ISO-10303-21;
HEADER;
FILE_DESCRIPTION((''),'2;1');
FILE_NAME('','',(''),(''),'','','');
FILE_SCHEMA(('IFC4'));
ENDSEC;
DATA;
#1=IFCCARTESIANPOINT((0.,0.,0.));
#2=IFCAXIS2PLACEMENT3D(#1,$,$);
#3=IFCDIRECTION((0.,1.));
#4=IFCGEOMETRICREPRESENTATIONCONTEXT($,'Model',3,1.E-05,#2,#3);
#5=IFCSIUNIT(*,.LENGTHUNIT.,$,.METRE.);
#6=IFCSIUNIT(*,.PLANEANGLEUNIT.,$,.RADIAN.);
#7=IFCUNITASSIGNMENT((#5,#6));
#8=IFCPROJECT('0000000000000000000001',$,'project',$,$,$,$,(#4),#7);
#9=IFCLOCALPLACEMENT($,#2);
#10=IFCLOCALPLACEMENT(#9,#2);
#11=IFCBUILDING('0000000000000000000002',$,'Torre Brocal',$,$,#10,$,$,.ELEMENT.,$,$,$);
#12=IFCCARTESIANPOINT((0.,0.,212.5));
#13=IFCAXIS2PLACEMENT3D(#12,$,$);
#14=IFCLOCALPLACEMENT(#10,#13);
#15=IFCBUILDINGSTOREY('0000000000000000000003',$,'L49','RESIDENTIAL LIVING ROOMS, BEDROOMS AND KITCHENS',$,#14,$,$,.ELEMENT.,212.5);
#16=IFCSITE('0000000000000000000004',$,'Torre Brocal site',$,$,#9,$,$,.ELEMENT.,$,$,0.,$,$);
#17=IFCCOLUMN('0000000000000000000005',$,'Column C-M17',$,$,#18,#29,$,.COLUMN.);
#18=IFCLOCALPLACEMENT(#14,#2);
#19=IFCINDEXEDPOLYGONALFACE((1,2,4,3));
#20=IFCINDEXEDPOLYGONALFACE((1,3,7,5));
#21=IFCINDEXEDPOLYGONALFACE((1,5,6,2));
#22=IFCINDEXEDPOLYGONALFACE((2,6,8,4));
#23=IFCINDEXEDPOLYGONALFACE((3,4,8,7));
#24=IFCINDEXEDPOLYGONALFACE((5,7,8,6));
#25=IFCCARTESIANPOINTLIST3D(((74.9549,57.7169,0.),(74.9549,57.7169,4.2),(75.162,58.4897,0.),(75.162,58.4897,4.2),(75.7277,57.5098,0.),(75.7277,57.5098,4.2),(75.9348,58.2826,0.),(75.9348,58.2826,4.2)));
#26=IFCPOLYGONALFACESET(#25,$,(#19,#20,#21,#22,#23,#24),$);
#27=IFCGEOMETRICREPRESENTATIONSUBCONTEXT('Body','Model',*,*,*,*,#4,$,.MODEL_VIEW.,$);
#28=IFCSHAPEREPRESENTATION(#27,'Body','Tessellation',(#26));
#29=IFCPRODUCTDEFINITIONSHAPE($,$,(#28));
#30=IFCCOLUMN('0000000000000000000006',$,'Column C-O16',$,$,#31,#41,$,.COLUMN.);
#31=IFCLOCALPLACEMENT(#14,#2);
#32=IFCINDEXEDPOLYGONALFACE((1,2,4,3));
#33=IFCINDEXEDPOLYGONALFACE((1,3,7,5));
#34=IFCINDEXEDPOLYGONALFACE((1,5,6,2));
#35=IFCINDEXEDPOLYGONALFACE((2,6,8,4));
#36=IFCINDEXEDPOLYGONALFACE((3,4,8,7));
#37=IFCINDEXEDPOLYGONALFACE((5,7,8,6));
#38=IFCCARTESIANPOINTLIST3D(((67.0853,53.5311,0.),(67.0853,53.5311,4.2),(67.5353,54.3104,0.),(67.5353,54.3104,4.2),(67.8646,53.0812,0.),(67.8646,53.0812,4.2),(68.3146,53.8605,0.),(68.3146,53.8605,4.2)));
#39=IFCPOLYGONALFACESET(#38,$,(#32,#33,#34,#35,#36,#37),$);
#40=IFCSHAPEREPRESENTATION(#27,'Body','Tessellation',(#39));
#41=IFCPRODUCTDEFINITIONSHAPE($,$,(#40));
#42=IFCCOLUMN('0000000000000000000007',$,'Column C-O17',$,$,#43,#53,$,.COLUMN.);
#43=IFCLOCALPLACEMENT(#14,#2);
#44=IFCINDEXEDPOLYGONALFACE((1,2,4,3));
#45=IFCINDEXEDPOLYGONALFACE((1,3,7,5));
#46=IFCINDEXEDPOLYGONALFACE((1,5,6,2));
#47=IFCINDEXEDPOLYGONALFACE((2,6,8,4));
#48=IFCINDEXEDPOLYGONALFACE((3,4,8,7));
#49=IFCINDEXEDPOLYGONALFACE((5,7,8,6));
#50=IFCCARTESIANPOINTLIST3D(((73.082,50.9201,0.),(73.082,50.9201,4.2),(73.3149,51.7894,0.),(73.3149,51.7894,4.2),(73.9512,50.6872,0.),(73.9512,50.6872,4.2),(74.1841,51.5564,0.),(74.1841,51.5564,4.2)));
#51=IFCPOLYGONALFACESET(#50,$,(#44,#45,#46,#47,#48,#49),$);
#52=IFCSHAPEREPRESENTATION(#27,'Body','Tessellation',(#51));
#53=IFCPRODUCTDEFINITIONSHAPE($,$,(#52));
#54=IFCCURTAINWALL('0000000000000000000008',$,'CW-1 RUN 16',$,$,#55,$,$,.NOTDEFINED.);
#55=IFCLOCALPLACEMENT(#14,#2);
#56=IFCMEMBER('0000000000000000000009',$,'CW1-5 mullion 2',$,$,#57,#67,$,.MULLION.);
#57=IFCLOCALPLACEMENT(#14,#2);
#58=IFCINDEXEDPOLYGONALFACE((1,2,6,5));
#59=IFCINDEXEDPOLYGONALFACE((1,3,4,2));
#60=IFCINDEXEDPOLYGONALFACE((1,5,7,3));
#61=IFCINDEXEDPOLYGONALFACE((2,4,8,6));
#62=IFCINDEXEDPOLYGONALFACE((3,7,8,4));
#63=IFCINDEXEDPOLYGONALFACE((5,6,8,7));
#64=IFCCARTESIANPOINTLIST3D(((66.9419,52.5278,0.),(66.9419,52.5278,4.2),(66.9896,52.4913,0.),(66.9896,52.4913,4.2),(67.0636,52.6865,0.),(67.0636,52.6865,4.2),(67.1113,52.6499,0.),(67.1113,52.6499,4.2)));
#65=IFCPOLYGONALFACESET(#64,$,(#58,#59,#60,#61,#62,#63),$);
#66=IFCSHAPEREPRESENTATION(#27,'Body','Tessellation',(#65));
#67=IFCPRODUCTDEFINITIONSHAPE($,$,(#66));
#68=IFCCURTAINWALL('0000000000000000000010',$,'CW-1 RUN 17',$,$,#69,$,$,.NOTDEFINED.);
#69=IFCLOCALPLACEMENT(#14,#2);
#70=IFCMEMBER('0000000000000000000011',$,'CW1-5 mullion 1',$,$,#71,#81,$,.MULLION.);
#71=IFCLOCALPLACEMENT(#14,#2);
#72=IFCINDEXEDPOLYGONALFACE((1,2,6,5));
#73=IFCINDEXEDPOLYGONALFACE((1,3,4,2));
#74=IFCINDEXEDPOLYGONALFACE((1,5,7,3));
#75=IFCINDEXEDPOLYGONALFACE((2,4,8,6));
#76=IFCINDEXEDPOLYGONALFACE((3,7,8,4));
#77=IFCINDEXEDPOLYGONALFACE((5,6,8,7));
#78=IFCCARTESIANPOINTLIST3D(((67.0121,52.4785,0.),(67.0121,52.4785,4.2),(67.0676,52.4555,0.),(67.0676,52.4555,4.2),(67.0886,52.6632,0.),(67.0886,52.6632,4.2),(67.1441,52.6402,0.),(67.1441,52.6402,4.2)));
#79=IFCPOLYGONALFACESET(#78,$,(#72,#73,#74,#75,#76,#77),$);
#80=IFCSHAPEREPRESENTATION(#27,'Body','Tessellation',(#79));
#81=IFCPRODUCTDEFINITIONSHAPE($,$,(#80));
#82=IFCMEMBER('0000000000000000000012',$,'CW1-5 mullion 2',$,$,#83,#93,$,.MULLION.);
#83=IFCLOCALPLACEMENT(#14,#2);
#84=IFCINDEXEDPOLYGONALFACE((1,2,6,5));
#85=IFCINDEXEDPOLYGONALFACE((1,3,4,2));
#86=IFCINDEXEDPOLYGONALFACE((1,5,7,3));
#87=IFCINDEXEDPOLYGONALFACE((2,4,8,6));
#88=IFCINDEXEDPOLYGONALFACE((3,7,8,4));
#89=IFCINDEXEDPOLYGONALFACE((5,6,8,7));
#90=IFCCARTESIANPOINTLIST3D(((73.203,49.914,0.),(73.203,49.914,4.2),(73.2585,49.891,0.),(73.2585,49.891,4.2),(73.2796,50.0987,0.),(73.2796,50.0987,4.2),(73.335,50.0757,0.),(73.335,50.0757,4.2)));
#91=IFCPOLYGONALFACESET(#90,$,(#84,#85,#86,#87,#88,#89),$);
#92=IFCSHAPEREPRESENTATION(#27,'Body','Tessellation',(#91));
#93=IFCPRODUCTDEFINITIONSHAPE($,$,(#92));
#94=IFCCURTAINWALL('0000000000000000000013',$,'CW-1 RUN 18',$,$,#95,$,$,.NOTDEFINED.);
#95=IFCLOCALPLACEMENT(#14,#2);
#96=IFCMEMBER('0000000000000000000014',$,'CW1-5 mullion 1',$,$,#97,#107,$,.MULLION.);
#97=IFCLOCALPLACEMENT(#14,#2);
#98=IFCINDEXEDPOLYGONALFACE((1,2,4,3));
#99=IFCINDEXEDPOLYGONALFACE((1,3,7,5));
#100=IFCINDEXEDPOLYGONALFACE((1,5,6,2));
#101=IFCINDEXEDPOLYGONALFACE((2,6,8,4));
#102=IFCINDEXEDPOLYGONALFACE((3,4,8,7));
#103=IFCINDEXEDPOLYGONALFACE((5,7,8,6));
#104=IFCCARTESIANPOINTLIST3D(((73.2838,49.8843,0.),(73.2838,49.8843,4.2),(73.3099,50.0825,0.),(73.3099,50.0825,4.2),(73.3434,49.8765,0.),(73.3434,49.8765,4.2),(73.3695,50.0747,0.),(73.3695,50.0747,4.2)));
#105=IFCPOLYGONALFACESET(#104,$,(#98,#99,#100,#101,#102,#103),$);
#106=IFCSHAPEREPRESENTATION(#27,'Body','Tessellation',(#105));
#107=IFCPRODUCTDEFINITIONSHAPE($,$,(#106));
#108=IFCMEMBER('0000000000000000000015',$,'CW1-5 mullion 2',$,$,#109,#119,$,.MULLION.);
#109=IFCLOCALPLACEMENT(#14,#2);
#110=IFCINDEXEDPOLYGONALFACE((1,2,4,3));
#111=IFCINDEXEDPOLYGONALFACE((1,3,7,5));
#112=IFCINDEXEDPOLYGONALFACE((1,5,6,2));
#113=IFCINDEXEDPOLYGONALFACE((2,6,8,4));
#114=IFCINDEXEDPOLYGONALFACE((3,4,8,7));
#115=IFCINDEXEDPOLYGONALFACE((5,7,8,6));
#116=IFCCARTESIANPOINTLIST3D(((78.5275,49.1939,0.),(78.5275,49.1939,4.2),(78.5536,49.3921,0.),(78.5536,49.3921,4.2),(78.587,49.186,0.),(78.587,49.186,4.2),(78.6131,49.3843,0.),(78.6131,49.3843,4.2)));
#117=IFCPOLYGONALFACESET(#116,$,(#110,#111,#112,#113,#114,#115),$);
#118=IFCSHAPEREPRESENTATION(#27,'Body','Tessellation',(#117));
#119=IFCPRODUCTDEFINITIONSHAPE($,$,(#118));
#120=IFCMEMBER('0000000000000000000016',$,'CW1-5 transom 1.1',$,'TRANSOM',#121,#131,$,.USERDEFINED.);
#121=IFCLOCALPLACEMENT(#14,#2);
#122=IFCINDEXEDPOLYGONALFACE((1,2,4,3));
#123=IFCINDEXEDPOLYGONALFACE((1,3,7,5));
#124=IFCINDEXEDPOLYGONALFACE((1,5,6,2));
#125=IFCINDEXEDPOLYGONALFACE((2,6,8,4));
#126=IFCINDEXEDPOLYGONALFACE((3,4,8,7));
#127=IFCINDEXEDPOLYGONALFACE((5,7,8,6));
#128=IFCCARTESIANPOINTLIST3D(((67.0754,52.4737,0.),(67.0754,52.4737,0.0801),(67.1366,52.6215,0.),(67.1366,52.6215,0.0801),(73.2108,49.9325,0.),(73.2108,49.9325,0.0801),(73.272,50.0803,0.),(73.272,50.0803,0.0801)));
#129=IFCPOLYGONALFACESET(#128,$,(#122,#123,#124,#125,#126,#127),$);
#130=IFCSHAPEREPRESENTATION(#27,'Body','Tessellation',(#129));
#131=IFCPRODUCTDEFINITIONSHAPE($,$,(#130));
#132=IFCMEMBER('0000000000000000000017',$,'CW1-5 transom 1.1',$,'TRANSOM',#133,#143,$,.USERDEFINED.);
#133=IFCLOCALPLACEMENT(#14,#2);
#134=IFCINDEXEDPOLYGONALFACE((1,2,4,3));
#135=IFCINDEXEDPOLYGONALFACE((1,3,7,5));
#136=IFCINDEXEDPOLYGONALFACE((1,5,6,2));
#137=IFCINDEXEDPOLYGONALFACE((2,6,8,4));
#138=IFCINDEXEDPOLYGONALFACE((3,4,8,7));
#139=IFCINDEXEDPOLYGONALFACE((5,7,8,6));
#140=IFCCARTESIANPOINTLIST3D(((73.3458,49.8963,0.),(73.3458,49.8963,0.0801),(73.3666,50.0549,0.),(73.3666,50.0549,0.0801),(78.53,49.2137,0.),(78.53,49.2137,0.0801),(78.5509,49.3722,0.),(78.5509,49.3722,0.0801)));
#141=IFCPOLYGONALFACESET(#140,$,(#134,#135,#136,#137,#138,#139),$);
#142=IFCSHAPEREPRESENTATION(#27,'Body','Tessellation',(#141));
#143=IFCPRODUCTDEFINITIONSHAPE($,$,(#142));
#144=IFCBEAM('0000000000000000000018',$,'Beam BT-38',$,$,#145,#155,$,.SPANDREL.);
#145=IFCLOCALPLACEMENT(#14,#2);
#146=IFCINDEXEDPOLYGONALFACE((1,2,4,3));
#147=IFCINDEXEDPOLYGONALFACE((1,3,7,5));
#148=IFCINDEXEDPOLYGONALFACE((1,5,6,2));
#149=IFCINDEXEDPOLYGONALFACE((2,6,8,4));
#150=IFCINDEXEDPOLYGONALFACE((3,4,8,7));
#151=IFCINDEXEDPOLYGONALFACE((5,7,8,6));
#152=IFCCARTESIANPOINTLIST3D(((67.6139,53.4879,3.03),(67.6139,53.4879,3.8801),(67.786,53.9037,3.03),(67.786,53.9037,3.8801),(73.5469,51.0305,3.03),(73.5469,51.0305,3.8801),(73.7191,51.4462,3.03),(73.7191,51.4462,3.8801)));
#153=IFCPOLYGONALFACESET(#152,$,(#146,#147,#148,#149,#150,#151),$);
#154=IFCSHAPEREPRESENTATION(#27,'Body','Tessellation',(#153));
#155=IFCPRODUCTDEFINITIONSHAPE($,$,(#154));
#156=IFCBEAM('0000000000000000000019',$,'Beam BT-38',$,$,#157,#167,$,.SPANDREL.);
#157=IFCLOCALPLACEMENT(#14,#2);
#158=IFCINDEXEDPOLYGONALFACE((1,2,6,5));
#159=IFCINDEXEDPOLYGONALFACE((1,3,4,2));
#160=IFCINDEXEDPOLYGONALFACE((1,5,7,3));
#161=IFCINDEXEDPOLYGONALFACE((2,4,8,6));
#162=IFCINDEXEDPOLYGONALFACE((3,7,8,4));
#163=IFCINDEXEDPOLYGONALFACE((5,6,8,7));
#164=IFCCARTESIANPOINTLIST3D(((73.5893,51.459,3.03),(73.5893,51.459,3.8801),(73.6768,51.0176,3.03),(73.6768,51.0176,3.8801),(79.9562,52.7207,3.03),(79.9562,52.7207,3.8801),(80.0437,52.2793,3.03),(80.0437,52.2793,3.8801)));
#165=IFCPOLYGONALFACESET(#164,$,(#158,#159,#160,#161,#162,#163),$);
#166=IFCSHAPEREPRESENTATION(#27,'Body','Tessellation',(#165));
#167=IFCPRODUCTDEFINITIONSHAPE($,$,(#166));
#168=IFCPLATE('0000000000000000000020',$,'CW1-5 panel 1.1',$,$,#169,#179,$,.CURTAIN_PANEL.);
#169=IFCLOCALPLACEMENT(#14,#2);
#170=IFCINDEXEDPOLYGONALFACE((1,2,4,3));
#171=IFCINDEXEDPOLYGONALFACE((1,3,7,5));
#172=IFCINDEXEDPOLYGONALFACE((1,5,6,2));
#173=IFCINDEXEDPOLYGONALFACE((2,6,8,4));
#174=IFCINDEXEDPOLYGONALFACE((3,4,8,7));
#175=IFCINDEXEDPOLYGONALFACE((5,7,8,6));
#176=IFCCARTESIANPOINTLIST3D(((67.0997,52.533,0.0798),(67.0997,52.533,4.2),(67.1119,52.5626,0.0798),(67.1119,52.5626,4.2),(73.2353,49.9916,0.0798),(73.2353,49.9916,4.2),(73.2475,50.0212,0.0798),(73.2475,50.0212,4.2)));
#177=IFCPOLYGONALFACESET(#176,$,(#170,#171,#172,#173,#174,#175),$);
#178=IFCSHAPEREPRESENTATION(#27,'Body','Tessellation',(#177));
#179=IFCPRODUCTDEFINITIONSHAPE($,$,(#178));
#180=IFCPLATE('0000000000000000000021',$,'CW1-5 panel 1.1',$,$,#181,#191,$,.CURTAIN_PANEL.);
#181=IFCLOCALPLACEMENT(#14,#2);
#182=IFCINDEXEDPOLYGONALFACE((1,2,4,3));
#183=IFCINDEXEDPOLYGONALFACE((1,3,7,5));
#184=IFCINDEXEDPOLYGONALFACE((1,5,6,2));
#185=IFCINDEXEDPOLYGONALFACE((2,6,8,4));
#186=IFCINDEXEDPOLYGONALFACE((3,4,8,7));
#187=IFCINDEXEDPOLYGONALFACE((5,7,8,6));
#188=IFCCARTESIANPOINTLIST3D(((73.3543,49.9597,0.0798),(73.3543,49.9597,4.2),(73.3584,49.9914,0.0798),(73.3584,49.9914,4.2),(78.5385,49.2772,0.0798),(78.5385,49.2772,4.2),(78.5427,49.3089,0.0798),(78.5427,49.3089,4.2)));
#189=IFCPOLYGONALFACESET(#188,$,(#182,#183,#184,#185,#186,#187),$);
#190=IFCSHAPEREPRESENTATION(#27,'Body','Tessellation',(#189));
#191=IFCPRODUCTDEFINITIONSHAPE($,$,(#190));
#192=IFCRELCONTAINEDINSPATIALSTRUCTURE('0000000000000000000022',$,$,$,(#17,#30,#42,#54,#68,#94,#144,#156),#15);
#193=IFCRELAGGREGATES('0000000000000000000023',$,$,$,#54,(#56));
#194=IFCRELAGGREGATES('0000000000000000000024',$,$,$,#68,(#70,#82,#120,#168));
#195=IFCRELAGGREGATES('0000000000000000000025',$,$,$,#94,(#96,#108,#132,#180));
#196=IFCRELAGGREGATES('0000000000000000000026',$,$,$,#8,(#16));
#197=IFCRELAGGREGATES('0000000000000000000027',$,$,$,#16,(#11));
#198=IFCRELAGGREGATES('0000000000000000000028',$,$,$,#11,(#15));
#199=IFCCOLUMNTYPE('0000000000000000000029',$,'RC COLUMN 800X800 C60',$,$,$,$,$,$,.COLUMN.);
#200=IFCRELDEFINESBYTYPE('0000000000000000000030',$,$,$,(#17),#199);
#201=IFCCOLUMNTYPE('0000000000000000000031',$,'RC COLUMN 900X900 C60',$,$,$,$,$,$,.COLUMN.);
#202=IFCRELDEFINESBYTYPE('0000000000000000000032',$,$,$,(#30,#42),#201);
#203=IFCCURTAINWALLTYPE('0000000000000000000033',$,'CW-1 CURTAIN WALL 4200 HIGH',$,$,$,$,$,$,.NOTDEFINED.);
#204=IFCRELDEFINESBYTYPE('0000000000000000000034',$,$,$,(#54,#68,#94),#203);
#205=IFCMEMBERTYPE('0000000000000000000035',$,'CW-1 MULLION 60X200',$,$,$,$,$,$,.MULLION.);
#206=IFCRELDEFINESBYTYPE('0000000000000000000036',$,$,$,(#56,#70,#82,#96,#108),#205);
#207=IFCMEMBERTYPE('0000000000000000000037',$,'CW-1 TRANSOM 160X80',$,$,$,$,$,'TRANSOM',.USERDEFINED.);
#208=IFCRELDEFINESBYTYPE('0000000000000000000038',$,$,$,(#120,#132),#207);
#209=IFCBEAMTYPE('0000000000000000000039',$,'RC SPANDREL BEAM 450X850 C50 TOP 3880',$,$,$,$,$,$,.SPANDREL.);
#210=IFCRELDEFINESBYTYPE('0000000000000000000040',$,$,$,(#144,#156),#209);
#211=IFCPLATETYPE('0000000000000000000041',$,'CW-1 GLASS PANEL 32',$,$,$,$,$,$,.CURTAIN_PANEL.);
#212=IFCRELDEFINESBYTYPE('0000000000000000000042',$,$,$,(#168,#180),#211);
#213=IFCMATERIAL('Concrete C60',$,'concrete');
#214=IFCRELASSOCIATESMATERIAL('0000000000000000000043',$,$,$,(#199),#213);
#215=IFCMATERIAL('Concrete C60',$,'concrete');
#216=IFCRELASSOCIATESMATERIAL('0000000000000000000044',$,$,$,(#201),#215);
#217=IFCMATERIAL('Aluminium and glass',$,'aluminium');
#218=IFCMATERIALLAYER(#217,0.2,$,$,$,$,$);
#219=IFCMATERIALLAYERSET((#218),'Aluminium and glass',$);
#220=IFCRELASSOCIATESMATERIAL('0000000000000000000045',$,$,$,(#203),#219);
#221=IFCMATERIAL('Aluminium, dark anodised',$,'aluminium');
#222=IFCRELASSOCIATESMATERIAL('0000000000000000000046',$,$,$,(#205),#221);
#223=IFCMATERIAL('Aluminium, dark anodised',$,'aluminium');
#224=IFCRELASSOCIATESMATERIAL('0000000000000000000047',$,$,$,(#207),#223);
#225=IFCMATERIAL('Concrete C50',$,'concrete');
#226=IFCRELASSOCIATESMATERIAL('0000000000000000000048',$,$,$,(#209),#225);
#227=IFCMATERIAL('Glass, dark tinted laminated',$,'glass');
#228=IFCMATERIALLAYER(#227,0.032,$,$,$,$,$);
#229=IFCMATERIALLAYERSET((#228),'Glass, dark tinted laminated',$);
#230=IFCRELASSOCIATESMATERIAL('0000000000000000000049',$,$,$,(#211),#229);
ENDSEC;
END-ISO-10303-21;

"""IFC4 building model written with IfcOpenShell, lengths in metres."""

from ifc_helpers import new_model, si_unit, direction, frame, origin, origin_2d, place, context, subcontext, project, spatial, rectangle, extrude, material, layer, layer_set, material_profile, profile_set, type_object, element, aggregate, save


model = new_model("IFC4")

# Units and contexts
model_context = context("Model", 3, precision=1e-05, world=origin(), true_north=direction((0.0, 1.0)))
body_context = subcontext(model_context, "Body", "Model", "MODEL_VIEW")
ifc_project = project(units=[si_unit("LENGTHUNIT", "METRE"), si_unit("PLANEANGLEUNIT", "RADIAN")], contexts=[model_context])

# Site, building, storey
site_placement = place(None, origin())
site = spatial("IfcSite", under=ifc_project, at=site_placement, Name="Torre Brocal site", CompositionType="ELEMENT", RefElevation=0.0)
building_placement = place(site_placement, origin())
building = spatial("IfcBuilding", under=site, at=building_placement, Name="Torre Brocal", CompositionType="ELEMENT")
storey_placement = place(building_placement, frame((0.0, 0.0, 212.5)))
storey = spatial("IfcBuildingStorey", under=building, at=storey_placement, Name="L49", Description="RESIDENTIAL LIVING ROOMS, BEDROOMS AND KITCHENS", CompositionType="ELEMENT", Elevation=212.5)

# Columns
ifc_material_1 = material(Name="Concrete C60", Category="concrete")
ifc_material_profile_1 = material_profile(ifc_material_1, rectangle(XDim=0.8, YDim=0.8, at=origin_2d()), Name="RC 800X800")
ifc_profile_set_1 = profile_set([ifc_material_profile_1], Name="Concrete C60")
column_type_1 = type_object("IfcColumnType", Name="RC COLUMN 800X800 C60", PredefinedType="COLUMN", material=ifc_profile_set_1)
column_placement = place(storey_placement, frame((75.4448, 57.9998, 0.0), z_axis=(0.0, 0.0, 1.0), x_axis=(-0.258819, -0.965926, 0.0)))
element("IfcColumn", 1, at=column_placement, inside=storey, type_object=column_type_1, Name="Column C-M17", PredefinedType="COLUMN", context=body_context, shape_type="SweptSolid", body=[
    extrude(rectangle(XDim=0.8, YDim=0.8, at=origin_2d()), origin(), (0.0, 0.0, 1.0), 4.2),
])
ifc_material_2 = material(Name="Concrete C60", Category="concrete")
ifc_material_profile_2 = material_profile(ifc_material_2, rectangle(XDim=0.8999, YDim=0.8999, at=origin_2d()), Name="RC 900X900")
ifc_profile_set_2 = profile_set([ifc_material_profile_2], Name="Concrete C60")
column_type_2 = type_object("IfcColumnType", Name="RC COLUMN 900X900 C60", PredefinedType="COLUMN", material=ifc_profile_set_2)
for number, where, z_axis, x_axis, name in (
    (2, (67.7, 53.6958, 0.0), (0.0, 0.0, 1.0), (-0.5, -0.866025, 0.0), "Column C-O16"),
    (3, (73.6331, 51.2383, 0.0), (0.0, 0.0, 1.0), (-0.258819, -0.965926, 0.0), "Column C-O17"),
):
    element("IfcColumn", number, at=place(storey_placement, frame(where, z_axis=z_axis, x_axis=x_axis)), inside=storey, type_object=column_type_2, Name=name, PredefinedType="COLUMN", context=body_context, shape_type="SweptSolid", body=[
        extrude(rectangle(XDim=0.8999, YDim=0.8999, at=origin_2d()), origin(), (0.0, 0.0, 1.0), 4.2),
    ])

# Curtain wall, member
ifc_material_3 = material(Name="Aluminium and glass", Category="aluminium")
ifc_layer_1 = layer(ifc_material_3, 0.2)
ifc_layer_set_1 = layer_set([ifc_layer_1], Name="Aluminium and glass")
curtain_wall_type = type_object("IfcCurtainWallType", Name="CW-1 CURTAIN WALL 4200 HIGH", PredefinedType="NOTDEFINED", material=ifc_layer_set_1)
curtain_wall_1_placement = place(storey_placement, origin())
curtain_wall_1 = element("IfcCurtainWall", 4, at=curtain_wall_1_placement, inside=storey, type_object=curtain_wall_type, Name="CW-1 RUN 16", PredefinedType="NOTDEFINED")
ifc_material_4 = material(Name="Aluminium, dark anodised", Category="aluminium")
ifc_material_profile_3 = material_profile(ifc_material_4, rectangle(XDim=0.2, YDim=0.0601, at=origin_2d()), Name="CW-1 MULLION 60X200")
ifc_profile_set_3 = profile_set([ifc_material_profile_3], Name="Aluminium, dark anodised")
member_type_1 = type_object("IfcMemberType", Name="CW-1 MULLION 60X200", PredefinedType="MULLION", material=ifc_profile_set_3)
member_1_placement = place(storey_placement, frame((67.0266, 52.5889, 0.0), z_axis=(0.0, 0.0, 1.0), x_axis=(0.608761, 0.793353, 0.0)))
member_1 = element("IfcMember", 5, at=member_1_placement, type_object=member_type_1, Name="CW1-5 mullion 2", PredefinedType="MULLION", context=body_context, shape_type="SweptSolid", body=[
    extrude(rectangle(XDim=0.2, YDim=0.0601, at=origin_2d()), origin(), (0.0, 0.0, 1.0), 4.2),
])
aggregate(curtain_wall_1, [member_1])

# Curtain walls, members
curtain_wall_2_placement = place(storey_placement, origin())
curtain_wall_2 = element("IfcCurtainWall", 6, at=curtain_wall_2_placement, inside=storey, type_object=curtain_wall_type, Name="CW-1 RUN 17", PredefinedType="NOTDEFINED")
member_2_placement = place(storey_placement, frame((67.0781, 52.5593, 0.0), z_axis=(0.0, 0.0, 1.0), x_axis=(0.382683, 0.92388, 0.0)))
member_2 = element("IfcMember", 7, at=member_2_placement, type_object=member_type_1, Name="CW1-5 mullion 1", PredefinedType="MULLION", context=body_context, shape_type="SweptSolid", body=[
    extrude(rectangle(XDim=0.2, YDim=0.0601, at=origin_2d()), origin(), (0.0, 0.0, 1.0), 4.2),
])
member_3_placement = place(storey_placement, frame((73.269, 49.9949, 0.0), z_axis=(0.0, 0.0, 1.0), x_axis=(0.382683, 0.92388, 0.0)))
member_3 = element("IfcMember", 8, at=member_3_placement, type_object=member_type_1, Name="CW1-5 mullion 2", PredefinedType="MULLION", context=body_context, shape_type="SweptSolid", body=[
    extrude(rectangle(XDim=0.2, YDim=0.0601, at=origin_2d()), origin(), (0.0, 0.0, 1.0), 4.2),
])
curtain_wall_3_placement = place(storey_placement, origin())
curtain_wall_3 = element("IfcCurtainWall", 9, at=curtain_wall_3_placement, inside=storey, type_object=curtain_wall_type, Name="CW-1 RUN 18", PredefinedType="NOTDEFINED")
member_4_placement = place(storey_placement, frame((73.3267, 49.9795, 0.0), z_axis=(0.0, 0.0, 1.0), x_axis=(0.130526, 0.991445, 0.0)))
member_4 = element("IfcMember", 10, at=member_4_placement, type_object=member_type_1, Name="CW1-5 mullion 1", PredefinedType="MULLION", context=body_context, shape_type="SweptSolid", body=[
    extrude(rectangle(XDim=0.2, YDim=0.0601, at=origin_2d()), origin(), (0.0, 0.0, 1.0), 4.2),
])
member_5_placement = place(storey_placement, frame((78.5703, 49.2891, 0.0), z_axis=(0.0, 0.0, 1.0), x_axis=(0.130526, 0.991445, 0.0)))
member_5 = element("IfcMember", 11, at=member_5_placement, type_object=member_type_1, Name="CW1-5 mullion 2", PredefinedType="MULLION", context=body_context, shape_type="SweptSolid", body=[
    extrude(rectangle(XDim=0.2, YDim=0.0601, at=origin_2d()), origin(), (0.0, 0.0, 1.0), 4.2),
])

# Members
ifc_material_5 = material(Name="Aluminium, dark anodised", Category="aluminium")
ifc_material_profile_4 = material_profile(ifc_material_5, rectangle(XDim=0.1599, YDim=0.0801, at=origin_2d()), Name="CW-1 TRANSOM 160X80")
ifc_profile_set_4 = profile_set([ifc_material_profile_4], Name="Aluminium, dark anodised")
member_type_2 = type_object("IfcMemberType", Name="CW-1 TRANSOM 160X80", ElementType="TRANSOM", PredefinedType="USERDEFINED", material=ifc_profile_set_4)
member_6_placement = place(storey_placement, frame((67.106, 52.5476, 0.04), z_axis=(0.923887, -0.382665, 0.0), x_axis=(0.382665, 0.923887, 0.0)))
member_6 = element("IfcMember", 12, at=member_6_placement, type_object=member_type_2, Name="CW1-5 transom 1.1", ObjectType="TRANSOM", PredefinedType="USERDEFINED", context=body_context, shape_type="SweptSolid", body=[
    extrude(rectangle(XDim=0.1599, YDim=0.0801, at=origin_2d()), origin(), (0.0, 0.0, 1.0), 6.6409),
])
member_7_placement = place(storey_placement, frame((73.3562, 49.9756, 0.04), z_axis=(0.991443, -0.130543, 0.0), x_axis=(0.130543, 0.991443, 0.0)))
member_7 = element("IfcMember", 13, at=member_7_placement, type_object=member_type_2, Name="CW1-5 transom 1.1", ObjectType="TRANSOM", PredefinedType="USERDEFINED", context=body_context, shape_type="SweptSolid", body=[
    extrude(rectangle(XDim=0.1599, YDim=0.0801, at=origin_2d()), origin(), (0.0, 0.0, 1.0), 5.229),
])

# Beams
ifc_material_6 = material(Name="Concrete C50", Category="concrete")
ifc_material_profile_5 = material_profile(ifc_material_6, rectangle(XDim=0.45, YDim=0.8501, at=origin_2d()), Name="RC 450X850")
ifc_profile_set_5 = profile_set([ifc_material_profile_5], Name="Concrete C50")
beam_type = type_object("IfcBeamType", Name="RC SPANDREL BEAM 450X850 C50 TOP 3880", PredefinedType="SPANDREL", material=ifc_profile_set_5)
beam_1_placement = place(storey_placement, frame((67.7, 53.6958, 3.4551), z_axis=(0.923882, -0.382676, 0.0), x_axis=(0.382676, 0.923882, 0.0)))
element("IfcBeam", 14, at=beam_1_placement, inside=storey, type_object=beam_type, Name="Beam BT-38", PredefinedType="SPANDREL", context=body_context, shape_type="SweptSolid", body=[
    extrude(rectangle(XDim=0.45, YDim=0.8501, at=origin_2d()), origin(), (0.0, 0.0, 1.0), 6.4219),
])
beam_2_placement = place(storey_placement, frame((73.6331, 51.2383, 3.4551), z_axis=(0.980925, 0.194387, 0.0), x_axis=(-0.194387, 0.980925, 0.0)))
element("IfcBeam", 15, at=beam_2_placement, inside=storey, type_object=beam_type, Name="Beam BT-38", PredefinedType="SPANDREL", context=body_context, shape_type="SweptSolid", body=[
    extrude(rectangle(XDim=0.45, YDim=0.8501, at=origin_2d()), origin(), (0.0, 0.0, 1.0), 6.4907),
])

# Plates
ifc_material_7 = material(Name="Glass, dark tinted laminated", Category="glass")
ifc_layer_2 = layer(ifc_material_7, 0.032)
ifc_layer_set_2 = layer_set([ifc_layer_2], Name="Glass, dark tinted laminated")
plate_type = type_object("IfcPlateType", Name="CW-1 GLASS PANEL 32", PredefinedType="CURTAIN_PANEL", material=ifc_layer_set_2)
plate_1_placement = place(storey_placement, frame((70.1736, 51.2771, 0.0798), z_axis=(0.0, 0.0, 1.0), x_axis=(0.92388, -0.382683, 0.0)))
plate_1 = element("IfcPlate", 16, at=plate_1_placement, type_object=plate_type, Name="CW1-5 panel 1.1", PredefinedType="CURTAIN_PANEL", context=body_context, shape_type="SweptSolid", body=[
    extrude(rectangle(XDim=6.6411, YDim=0.032, at=origin_2d()), origin(), (0.0, 0.0, 1.0), 4.1201),
])
aggregate(curtain_wall_2, [member_2, member_3, member_6, plate_1])
plate_2_placement = place(storey_placement, frame((75.9485, 49.6343, 0.0798), z_axis=(0.0, 0.0, 1.0), x_axis=(0.991445, -0.130526, 0.0)))
plate_2 = element("IfcPlate", 17, at=plate_2_placement, type_object=plate_type, Name="CW1-5 panel 1.1", PredefinedType="CURTAIN_PANEL", context=body_context, shape_type="SweptSolid", body=[
    extrude(rectangle(XDim=5.229, YDim=0.032, at=origin_2d()), origin(), (0.0, 0.0, 1.0), 4.1201),
])
aggregate(curtain_wall_3, [member_4, member_5, member_7, plate_2])

save(model, "model.ifc")
